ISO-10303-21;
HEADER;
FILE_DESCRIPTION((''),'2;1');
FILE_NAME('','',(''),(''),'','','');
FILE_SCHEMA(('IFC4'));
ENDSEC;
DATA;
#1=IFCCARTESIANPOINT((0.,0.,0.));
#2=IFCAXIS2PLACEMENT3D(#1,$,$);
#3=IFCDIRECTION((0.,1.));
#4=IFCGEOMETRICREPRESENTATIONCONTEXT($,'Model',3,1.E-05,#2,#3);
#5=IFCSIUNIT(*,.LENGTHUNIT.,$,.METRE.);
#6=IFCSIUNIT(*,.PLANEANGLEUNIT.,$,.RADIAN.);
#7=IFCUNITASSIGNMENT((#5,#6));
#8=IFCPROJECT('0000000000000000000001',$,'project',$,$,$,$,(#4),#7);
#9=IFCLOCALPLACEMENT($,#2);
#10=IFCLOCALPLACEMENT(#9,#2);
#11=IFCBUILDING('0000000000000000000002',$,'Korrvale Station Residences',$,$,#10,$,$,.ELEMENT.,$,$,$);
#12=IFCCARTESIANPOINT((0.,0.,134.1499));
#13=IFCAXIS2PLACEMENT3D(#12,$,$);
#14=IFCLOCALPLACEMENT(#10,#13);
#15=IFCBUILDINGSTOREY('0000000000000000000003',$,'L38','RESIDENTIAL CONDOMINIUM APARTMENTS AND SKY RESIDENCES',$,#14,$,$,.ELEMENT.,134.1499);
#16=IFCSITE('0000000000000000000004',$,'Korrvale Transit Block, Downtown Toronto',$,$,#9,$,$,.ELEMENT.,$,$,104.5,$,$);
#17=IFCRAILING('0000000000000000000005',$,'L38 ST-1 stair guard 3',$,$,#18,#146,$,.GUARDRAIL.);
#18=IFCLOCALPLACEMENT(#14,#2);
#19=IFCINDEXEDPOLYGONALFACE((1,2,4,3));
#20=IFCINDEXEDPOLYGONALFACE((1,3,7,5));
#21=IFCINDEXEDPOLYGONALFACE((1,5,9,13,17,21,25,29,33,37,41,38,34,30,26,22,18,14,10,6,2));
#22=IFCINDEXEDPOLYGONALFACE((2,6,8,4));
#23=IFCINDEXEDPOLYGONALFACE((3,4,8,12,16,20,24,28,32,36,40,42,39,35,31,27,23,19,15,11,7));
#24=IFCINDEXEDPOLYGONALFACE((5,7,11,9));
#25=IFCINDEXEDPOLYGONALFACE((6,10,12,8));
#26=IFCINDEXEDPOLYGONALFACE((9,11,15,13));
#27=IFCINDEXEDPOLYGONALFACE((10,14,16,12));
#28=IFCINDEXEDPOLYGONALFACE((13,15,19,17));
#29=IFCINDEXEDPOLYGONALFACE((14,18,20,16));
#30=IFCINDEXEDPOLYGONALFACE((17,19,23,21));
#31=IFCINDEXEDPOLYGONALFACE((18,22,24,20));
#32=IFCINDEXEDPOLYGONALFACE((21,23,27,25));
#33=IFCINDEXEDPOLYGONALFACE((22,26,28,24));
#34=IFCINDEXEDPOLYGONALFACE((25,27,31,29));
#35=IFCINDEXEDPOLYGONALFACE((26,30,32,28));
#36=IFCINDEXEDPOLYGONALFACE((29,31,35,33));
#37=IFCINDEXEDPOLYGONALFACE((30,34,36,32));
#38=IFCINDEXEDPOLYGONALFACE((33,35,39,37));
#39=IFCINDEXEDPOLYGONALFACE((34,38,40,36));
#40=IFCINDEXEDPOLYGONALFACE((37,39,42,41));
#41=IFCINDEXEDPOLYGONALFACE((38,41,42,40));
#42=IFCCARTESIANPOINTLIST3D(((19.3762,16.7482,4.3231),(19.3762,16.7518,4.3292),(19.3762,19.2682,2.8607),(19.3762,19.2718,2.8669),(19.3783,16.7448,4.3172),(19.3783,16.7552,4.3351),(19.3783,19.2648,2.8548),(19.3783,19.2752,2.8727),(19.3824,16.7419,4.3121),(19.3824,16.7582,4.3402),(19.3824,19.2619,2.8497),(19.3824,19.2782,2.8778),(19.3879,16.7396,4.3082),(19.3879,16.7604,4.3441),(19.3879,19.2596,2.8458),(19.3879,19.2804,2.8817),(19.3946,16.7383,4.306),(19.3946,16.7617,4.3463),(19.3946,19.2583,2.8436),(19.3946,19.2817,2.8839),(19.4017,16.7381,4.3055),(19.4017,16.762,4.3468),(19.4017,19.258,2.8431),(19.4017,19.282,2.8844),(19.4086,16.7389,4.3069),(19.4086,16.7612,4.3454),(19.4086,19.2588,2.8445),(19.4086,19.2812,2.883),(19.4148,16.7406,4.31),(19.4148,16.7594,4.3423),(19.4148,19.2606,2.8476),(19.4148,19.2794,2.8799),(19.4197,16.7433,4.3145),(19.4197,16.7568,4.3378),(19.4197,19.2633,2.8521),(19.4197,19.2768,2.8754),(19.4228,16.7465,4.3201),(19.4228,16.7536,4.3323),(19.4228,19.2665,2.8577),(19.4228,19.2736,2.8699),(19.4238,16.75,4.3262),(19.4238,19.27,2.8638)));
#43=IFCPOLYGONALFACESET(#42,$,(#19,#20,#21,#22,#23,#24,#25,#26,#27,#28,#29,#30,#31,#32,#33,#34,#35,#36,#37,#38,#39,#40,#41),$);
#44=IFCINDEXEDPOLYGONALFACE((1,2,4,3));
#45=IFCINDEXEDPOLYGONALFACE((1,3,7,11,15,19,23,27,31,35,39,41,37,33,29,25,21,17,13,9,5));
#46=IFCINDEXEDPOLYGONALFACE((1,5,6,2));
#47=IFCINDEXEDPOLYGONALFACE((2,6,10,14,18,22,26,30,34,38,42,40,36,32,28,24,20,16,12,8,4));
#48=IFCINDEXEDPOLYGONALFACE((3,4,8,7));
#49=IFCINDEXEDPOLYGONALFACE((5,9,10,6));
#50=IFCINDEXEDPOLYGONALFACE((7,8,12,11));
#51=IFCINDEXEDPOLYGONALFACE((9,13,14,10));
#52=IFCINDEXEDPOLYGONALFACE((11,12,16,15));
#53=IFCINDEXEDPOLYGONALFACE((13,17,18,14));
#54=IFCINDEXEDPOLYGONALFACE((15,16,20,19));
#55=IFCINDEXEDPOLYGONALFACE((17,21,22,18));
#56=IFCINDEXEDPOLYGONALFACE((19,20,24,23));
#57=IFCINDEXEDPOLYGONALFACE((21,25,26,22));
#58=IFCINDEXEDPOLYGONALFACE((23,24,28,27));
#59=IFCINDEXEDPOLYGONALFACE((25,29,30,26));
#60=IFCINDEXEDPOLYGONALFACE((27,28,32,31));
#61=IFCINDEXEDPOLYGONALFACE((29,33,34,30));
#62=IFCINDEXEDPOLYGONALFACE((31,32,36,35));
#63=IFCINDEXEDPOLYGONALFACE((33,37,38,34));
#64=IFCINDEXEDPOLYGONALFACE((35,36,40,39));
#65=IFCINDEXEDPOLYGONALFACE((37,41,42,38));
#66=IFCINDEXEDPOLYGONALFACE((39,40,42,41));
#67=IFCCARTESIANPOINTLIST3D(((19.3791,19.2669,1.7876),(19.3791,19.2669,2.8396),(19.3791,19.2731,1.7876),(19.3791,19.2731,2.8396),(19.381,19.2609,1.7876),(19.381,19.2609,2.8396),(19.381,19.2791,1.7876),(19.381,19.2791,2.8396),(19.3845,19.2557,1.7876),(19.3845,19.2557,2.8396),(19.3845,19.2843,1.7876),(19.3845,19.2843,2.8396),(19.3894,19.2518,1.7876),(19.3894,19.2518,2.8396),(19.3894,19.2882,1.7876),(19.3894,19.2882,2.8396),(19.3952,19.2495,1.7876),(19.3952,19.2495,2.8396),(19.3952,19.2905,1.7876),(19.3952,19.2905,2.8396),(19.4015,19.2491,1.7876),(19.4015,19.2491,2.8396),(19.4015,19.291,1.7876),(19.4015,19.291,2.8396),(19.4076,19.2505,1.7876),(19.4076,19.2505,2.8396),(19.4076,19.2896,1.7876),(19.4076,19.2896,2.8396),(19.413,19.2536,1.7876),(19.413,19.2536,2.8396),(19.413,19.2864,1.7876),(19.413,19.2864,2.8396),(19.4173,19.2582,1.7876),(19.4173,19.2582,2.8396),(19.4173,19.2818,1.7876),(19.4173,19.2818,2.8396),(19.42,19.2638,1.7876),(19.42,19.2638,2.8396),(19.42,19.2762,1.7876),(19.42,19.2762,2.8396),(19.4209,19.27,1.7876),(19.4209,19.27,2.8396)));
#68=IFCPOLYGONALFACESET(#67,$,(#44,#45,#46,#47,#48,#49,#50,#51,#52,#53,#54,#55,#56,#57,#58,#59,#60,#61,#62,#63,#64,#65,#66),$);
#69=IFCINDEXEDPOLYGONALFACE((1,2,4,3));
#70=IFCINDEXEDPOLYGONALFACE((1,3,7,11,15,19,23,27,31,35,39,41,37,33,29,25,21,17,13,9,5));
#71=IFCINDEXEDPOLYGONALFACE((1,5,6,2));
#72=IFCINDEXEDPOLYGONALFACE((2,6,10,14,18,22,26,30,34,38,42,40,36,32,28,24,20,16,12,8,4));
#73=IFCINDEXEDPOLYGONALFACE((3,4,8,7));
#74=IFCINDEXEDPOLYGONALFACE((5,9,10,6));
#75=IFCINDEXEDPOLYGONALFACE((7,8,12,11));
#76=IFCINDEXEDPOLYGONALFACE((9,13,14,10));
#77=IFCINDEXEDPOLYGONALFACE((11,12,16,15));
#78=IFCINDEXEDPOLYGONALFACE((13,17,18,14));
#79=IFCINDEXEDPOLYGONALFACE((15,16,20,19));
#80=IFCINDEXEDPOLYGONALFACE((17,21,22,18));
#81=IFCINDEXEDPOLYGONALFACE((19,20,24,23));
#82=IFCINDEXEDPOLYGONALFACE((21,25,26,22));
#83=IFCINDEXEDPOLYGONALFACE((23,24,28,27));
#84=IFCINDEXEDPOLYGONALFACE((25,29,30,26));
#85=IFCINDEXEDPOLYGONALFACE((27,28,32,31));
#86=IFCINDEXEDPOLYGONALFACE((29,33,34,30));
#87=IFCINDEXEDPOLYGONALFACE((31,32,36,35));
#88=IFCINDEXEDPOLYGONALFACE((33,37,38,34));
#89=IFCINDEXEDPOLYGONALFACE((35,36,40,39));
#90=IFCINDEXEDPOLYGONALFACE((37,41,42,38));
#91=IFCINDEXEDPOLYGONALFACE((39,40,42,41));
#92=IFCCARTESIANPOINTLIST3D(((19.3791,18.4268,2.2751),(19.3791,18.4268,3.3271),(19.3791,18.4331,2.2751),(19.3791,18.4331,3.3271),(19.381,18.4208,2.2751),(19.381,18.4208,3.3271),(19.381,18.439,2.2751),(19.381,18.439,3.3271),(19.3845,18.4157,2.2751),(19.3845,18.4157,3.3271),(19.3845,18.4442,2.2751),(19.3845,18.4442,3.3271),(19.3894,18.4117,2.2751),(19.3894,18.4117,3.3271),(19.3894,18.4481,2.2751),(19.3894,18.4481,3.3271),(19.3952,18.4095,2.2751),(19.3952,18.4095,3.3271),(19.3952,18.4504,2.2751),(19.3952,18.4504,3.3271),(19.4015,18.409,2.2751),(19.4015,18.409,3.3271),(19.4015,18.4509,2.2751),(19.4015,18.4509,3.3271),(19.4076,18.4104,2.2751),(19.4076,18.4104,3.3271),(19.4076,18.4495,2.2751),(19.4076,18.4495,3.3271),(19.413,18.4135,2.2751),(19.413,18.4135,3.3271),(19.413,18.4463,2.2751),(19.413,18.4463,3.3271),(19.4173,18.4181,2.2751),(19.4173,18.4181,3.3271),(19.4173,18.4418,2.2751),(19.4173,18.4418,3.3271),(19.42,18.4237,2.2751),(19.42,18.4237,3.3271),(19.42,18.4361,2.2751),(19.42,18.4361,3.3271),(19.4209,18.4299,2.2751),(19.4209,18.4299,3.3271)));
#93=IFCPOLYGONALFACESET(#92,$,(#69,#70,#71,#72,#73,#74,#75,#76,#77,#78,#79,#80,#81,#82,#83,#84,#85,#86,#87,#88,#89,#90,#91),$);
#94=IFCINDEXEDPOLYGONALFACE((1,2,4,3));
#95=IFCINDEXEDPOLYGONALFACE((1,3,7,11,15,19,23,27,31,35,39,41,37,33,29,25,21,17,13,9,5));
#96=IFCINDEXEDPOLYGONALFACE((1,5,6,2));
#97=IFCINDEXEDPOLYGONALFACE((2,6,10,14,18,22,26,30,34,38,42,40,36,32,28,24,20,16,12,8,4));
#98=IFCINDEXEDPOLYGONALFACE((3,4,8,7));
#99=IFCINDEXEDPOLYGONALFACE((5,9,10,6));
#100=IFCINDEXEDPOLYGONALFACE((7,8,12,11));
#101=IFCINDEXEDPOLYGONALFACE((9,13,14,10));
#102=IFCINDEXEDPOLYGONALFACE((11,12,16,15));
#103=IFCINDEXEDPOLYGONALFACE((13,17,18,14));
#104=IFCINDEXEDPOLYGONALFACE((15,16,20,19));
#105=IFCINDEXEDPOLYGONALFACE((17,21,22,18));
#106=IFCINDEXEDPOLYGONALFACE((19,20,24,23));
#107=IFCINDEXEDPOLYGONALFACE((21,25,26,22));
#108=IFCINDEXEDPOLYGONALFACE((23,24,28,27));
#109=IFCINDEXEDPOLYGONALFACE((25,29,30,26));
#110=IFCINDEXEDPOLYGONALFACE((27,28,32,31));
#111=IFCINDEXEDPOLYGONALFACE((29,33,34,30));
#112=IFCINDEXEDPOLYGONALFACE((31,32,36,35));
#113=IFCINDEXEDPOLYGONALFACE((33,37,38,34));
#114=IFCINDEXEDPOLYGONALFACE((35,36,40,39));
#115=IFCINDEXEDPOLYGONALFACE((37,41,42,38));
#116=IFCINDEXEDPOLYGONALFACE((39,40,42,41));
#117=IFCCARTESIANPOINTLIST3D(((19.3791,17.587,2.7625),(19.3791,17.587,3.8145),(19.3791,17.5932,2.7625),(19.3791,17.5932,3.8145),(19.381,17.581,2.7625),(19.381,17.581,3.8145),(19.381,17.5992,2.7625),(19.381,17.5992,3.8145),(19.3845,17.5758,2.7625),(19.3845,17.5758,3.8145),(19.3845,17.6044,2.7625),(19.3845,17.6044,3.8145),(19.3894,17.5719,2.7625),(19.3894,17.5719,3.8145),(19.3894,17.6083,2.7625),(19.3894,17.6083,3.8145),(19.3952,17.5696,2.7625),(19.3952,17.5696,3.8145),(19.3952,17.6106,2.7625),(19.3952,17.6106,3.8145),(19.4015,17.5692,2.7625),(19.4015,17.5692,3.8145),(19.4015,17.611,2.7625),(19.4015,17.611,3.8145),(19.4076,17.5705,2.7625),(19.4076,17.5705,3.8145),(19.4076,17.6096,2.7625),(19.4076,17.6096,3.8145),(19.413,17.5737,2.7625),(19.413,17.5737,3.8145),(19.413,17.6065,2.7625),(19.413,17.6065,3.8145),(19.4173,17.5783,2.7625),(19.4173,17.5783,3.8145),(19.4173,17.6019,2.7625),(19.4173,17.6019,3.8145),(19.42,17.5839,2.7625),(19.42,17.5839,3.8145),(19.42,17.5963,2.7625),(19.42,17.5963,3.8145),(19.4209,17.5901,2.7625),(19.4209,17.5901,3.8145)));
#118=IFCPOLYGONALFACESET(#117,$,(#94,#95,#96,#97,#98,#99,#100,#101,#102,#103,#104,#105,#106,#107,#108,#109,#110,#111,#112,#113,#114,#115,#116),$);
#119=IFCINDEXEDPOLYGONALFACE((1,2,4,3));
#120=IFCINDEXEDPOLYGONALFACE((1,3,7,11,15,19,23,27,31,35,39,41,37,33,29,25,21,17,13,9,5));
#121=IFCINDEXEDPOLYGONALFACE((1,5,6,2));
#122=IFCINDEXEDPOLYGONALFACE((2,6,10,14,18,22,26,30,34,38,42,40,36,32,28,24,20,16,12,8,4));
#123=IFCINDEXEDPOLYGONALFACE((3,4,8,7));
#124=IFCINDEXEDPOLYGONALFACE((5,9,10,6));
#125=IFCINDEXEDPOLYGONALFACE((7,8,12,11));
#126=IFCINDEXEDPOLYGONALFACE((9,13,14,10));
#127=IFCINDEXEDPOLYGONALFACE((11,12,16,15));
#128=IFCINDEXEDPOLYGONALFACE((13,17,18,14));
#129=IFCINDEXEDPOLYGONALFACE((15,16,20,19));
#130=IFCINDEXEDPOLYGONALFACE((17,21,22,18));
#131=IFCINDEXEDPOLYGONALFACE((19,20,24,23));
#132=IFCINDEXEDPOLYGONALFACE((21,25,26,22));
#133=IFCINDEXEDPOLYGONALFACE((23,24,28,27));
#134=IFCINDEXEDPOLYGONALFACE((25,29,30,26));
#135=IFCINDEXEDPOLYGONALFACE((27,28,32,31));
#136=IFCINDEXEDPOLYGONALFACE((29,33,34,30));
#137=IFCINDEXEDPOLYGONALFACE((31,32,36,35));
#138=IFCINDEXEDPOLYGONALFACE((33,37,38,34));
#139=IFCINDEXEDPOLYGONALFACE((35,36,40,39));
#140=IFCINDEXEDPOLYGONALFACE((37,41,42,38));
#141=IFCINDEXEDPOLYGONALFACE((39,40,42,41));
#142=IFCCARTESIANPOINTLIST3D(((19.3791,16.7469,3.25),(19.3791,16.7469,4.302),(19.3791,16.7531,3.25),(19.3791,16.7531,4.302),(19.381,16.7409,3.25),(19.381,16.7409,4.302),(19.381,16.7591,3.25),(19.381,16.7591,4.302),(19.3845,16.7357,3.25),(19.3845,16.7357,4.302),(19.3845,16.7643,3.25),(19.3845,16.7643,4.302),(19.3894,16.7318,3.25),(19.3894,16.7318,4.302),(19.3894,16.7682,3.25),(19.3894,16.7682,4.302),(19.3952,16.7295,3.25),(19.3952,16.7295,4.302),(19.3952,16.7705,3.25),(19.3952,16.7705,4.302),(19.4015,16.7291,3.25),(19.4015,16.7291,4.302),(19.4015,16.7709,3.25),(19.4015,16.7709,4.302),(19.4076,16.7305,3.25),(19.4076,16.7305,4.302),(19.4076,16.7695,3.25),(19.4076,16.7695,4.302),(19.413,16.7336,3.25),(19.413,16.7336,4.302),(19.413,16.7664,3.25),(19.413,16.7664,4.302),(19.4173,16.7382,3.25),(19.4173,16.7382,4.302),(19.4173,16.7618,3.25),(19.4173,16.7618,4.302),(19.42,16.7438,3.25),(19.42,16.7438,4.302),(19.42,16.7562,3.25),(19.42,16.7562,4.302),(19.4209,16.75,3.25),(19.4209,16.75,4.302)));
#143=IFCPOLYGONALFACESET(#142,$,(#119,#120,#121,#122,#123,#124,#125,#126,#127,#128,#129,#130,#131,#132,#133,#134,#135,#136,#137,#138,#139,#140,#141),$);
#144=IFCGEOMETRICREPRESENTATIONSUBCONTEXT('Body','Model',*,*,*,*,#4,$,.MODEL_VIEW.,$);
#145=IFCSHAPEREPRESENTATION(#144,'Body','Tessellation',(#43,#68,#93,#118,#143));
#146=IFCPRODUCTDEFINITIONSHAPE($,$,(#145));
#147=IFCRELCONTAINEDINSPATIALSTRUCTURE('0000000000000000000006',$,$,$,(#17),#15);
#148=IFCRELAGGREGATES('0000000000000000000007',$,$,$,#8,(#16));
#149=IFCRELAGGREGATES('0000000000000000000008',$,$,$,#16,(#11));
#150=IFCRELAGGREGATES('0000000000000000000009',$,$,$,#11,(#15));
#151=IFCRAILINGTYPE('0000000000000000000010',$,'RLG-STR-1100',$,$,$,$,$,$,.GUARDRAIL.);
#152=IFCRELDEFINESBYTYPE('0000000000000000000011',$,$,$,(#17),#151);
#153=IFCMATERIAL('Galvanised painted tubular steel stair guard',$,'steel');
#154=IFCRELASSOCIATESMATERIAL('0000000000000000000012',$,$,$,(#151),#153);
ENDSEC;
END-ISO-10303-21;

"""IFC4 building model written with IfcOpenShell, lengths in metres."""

from ifc_helpers import new_model, si_unit, direction, frame, origin, origin_2d, place, context, subcontext, project, spatial, circle, extrude, material, type_object, element, save


model = new_model("IFC4")

# Units and contexts
model_context = context("Model", 3, precision=1e-05, world=origin(), true_north=direction((0.0, 1.0)))
body_context = subcontext(model_context, "Body", "Model", "MODEL_VIEW")
ifc_project = project(units=[si_unit("LENGTHUNIT", "METRE"), si_unit("PLANEANGLEUNIT", "RADIAN")], contexts=[model_context])

# Site, building, storey
site_placement = place(None, origin())
site = spatial("IfcSite", under=ifc_project, at=site_placement, Name="Korrvale Transit Block, Downtown Toronto", CompositionType="ELEMENT", RefElevation=104.5)
building_placement = place(site_placement, origin())
building = spatial("IfcBuilding", under=site, at=building_placement, Name="Korrvale Station Residences", CompositionType="ELEMENT")
storey_placement = place(building_placement, frame((0.0, 0.0, 134.1499)))
storey = spatial("IfcBuildingStorey", under=building, at=storey_placement, Name="L38", Description="RESIDENTIAL CONDOMINIUM APARTMENTS AND SKY RESIDENCES", CompositionType="ELEMENT", Elevation=134.1499)

# Railing
ifc_material_1 = material(Name="Galvanised painted tubular steel stair guard", Category="steel")
railing_type_1 = type_object("IfcRailingType", Name="RLG-STR-1100", PredefinedType="GUARDRAIL", material=ifc_material_1)
railing_1_placement = place(storey_placement, frame((19.3999, 19.27, 1.7876)))
element("IfcRailing", 1, at=railing_1_placement, inside=storey, type_object=railing_type_1, Name="L38 ST-1 stair guard 3", PredefinedType="GUARDRAIL", context=body_context, shape_type="SweptSolid", body=[
    extrude(circle(Radius=0.0239, at=origin_2d()), frame((0.0, 0.0, 1.0762), z_axis=(0.0, -0.864913, 0.501921), x_axis=(1.0, 0.0, 0.0)), (0.0, 0.0, 1.0), 2.9136),
    extrude(circle(Radius=0.021, at=origin_2d()), origin(), (0.0, 0.0, 1.0), 1.052),
    extrude(circle(Radius=0.021, at=origin_2d()), frame((0.0, -0.8401, 0.4875)), (0.0, 0.0, 1.0), 1.052),
    extrude(circle(Radius=0.021, at=origin_2d()), frame((0.0, -1.6799, 0.9749)), (0.0, 0.0, 1.0), 1.052),
    extrude(circle(Radius=0.021, at=origin_2d()), frame((0.0, -2.52, 1.4624)), (0.0, 0.0, 1.0), 1.052),
])

save(model, "model.ifc")
